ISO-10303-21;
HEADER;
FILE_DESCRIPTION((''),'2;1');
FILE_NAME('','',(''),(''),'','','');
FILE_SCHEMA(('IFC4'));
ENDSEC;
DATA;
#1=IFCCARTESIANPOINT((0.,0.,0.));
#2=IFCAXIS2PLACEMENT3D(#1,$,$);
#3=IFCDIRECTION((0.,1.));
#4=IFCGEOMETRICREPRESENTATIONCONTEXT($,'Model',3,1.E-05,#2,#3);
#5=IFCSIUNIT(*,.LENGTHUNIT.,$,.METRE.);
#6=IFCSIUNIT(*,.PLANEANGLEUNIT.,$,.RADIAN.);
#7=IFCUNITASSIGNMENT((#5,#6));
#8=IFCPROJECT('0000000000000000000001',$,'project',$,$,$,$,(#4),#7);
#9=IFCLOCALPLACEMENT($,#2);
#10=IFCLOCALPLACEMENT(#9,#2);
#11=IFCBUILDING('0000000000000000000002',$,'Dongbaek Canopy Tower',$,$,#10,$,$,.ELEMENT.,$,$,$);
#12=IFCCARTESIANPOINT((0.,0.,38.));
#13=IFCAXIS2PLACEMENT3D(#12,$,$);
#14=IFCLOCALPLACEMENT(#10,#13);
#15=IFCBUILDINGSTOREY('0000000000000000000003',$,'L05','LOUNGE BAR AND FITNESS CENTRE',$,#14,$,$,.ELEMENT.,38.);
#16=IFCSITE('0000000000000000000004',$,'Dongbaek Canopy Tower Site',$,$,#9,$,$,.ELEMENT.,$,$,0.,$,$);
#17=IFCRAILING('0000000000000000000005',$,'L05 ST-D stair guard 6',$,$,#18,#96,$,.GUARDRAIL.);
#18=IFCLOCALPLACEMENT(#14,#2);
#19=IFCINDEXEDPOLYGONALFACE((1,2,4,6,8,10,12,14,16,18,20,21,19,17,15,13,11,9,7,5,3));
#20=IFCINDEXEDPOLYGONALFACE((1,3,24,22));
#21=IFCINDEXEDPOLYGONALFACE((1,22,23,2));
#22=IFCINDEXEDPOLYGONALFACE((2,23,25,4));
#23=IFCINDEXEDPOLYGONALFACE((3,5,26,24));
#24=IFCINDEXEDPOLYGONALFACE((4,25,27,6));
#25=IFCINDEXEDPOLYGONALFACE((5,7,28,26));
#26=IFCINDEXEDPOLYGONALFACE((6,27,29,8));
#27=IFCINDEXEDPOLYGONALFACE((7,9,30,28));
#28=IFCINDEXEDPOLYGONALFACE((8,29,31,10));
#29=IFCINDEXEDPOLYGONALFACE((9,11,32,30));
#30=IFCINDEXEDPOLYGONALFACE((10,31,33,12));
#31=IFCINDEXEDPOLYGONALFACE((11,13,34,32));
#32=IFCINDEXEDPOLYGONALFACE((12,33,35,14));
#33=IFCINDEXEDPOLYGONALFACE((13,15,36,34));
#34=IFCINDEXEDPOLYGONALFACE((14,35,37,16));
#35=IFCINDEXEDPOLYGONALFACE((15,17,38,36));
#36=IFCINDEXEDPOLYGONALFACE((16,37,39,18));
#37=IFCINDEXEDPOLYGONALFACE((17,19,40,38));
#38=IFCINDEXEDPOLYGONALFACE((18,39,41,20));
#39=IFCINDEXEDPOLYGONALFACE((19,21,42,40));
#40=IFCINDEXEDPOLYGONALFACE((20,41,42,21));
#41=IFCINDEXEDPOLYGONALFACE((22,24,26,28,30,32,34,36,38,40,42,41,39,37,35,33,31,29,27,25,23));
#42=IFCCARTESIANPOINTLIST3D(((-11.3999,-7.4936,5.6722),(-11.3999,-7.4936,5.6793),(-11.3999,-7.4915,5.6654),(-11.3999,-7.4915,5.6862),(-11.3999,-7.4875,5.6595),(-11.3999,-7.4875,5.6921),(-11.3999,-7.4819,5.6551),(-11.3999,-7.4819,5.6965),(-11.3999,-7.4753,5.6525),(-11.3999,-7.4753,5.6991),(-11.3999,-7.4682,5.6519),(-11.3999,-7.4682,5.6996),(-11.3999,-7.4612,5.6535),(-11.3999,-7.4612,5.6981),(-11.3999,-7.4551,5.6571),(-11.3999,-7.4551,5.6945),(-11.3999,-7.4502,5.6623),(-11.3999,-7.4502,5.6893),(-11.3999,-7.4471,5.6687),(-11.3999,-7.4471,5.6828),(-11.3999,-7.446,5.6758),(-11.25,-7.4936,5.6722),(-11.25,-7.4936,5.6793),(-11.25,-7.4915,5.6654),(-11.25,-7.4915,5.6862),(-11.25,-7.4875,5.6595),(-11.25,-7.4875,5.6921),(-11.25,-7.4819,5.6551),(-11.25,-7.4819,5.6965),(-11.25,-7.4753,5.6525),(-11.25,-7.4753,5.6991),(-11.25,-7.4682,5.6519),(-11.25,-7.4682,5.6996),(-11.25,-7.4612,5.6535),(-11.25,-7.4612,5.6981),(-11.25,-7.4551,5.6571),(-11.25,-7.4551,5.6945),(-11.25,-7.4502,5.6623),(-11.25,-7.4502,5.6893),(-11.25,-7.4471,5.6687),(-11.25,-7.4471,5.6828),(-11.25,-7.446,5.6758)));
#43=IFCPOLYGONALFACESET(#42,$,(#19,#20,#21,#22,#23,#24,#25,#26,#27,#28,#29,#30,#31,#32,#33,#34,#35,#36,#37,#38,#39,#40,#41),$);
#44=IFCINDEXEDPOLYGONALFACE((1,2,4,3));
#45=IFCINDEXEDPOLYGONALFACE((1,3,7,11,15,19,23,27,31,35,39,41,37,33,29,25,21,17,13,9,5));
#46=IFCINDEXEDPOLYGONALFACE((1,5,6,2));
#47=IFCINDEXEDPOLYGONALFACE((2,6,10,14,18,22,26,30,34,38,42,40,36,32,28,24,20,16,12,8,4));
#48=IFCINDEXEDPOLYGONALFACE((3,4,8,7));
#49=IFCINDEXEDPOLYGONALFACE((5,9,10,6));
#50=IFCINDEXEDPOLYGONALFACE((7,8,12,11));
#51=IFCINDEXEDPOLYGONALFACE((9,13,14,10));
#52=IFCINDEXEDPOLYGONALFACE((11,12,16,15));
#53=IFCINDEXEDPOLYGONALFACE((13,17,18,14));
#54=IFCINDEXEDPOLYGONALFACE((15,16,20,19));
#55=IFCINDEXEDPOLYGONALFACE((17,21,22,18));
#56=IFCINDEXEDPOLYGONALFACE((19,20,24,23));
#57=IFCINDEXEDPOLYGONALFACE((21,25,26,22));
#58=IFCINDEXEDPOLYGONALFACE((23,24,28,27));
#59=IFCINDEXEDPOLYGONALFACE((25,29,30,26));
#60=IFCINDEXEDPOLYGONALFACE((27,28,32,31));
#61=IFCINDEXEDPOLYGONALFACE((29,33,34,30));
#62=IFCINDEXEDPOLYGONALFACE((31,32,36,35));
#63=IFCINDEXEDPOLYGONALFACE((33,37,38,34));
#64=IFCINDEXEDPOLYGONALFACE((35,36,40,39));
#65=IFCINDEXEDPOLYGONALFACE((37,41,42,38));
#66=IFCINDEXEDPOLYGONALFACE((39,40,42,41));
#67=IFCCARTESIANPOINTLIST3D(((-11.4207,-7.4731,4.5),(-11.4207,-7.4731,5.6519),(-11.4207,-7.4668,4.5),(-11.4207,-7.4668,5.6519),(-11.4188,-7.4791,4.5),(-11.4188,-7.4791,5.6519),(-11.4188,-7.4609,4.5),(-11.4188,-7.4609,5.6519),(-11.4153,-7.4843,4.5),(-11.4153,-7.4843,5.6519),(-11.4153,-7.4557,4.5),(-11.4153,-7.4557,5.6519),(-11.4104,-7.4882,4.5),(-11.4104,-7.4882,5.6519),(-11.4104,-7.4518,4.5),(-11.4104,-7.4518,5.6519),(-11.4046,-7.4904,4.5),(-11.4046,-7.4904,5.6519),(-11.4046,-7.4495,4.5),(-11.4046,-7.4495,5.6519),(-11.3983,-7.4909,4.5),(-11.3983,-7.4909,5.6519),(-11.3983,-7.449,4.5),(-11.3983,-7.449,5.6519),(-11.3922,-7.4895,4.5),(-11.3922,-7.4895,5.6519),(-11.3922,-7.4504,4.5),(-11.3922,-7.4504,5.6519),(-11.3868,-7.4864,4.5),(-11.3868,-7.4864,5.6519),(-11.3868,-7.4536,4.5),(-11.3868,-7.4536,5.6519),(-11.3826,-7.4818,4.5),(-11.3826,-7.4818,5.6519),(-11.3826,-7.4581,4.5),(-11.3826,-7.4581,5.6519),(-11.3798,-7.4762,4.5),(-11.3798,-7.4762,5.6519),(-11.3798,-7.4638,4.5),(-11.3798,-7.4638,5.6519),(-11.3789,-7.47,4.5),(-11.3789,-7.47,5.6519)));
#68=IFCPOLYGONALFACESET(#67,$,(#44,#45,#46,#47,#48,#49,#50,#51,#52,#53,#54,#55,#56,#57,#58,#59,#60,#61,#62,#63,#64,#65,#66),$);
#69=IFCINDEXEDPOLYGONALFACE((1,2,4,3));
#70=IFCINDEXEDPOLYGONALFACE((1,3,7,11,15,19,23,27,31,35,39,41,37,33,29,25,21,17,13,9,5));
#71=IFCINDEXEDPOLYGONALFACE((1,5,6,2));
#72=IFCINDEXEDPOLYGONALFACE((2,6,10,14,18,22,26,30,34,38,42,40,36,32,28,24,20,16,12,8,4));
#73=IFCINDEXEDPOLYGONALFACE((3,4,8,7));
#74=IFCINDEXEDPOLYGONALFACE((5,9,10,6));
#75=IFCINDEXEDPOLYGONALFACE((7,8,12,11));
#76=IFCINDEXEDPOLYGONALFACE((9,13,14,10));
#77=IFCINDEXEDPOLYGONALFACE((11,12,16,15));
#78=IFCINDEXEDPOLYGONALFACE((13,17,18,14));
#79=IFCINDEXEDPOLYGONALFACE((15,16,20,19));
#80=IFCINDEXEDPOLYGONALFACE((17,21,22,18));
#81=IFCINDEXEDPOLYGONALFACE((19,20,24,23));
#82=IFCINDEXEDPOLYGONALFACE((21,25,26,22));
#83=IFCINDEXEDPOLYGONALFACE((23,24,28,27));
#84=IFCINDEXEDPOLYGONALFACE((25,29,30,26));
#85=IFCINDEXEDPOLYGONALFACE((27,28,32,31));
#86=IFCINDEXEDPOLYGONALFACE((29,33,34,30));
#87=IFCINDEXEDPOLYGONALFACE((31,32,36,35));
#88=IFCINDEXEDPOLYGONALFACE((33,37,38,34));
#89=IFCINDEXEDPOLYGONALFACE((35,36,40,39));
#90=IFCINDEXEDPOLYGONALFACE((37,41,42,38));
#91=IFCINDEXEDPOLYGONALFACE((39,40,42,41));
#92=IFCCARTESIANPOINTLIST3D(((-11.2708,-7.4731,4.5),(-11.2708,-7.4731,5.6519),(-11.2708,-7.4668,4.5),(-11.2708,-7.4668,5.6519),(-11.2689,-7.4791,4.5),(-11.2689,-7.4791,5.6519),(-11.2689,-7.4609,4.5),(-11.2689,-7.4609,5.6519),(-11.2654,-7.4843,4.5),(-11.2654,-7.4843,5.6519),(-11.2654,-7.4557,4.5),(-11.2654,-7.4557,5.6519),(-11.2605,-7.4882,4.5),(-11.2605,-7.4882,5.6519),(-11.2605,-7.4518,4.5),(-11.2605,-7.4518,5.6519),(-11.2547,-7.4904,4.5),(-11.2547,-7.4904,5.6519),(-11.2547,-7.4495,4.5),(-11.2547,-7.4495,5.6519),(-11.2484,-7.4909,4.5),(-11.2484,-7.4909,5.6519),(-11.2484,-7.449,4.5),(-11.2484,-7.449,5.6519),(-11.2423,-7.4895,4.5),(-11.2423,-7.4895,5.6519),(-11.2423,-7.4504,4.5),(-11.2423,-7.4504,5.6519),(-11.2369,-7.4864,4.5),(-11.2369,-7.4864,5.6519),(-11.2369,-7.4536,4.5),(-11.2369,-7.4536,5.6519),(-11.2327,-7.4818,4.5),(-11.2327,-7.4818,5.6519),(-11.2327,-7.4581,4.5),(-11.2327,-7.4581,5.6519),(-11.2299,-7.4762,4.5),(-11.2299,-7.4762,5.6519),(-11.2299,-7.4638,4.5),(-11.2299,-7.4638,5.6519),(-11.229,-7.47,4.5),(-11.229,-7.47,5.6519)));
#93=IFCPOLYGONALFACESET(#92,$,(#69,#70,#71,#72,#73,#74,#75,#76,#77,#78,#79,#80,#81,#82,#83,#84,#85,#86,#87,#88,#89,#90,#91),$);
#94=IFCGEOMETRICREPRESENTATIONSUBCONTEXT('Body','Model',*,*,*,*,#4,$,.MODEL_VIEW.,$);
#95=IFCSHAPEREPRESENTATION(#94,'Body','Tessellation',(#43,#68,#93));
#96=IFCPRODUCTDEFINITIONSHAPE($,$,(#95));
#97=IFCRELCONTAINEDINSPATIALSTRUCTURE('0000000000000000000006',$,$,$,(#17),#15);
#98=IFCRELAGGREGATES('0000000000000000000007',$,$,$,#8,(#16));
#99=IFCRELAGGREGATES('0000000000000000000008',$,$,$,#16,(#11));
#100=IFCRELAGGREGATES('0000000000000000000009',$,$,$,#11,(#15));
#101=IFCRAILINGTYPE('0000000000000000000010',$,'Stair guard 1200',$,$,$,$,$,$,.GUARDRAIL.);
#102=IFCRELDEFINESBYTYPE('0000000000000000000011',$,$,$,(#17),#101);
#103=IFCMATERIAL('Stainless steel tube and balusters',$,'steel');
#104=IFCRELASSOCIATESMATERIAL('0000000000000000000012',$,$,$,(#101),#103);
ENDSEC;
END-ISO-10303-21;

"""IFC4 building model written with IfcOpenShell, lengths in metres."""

from ifc_helpers import new_model, si_unit, direction, frame, origin, origin_2d, place, context, subcontext, project, spatial, circle, extrude, material, type_object, element, save


model = new_model("IFC4")

# Units and contexts
model_context = context("Model", 3, precision=1e-05, world=origin(), true_north=direction((0.0, 1.0)))
body_context = subcontext(model_context, "Body", "Model", "MODEL_VIEW")
ifc_project = project(units=[si_unit("LENGTHUNIT", "METRE"), si_unit("PLANEANGLEUNIT", "RADIAN")], contexts=[model_context])

# Site, building, storey
site_placement = place(None, origin())
site = spatial("IfcSite", under=ifc_project, at=site_placement, Name="Dongbaek Canopy Tower Site", CompositionType="ELEMENT", RefElevation=0.0)
building_placement = place(site_placement, origin())
building = spatial("IfcBuilding", under=site, at=building_placement, Name="Dongbaek Canopy Tower", CompositionType="ELEMENT")
storey_placement = place(building_placement, frame((0.0, 0.0, 38.0)))
storey = spatial("IfcBuildingStorey", under=building, at=storey_placement, Name="L05", Description="LOUNGE BAR AND FITNESS CENTRE", CompositionType="ELEMENT", Elevation=38.0)

# Railing
ifc_material_1 = material(Name="Stainless steel tube and balusters", Category="steel")
railing_type_1 = type_object("IfcRailingType", Name="Stair guard 1200", PredefinedType="GUARDRAIL", material=ifc_material_1)
railing_1_placement = place(storey_placement, frame((-11.3999, -7.47, 4.5)))
element("IfcRailing", 1, at=railing_1_placement, inside=storey, type_object=railing_type_1, Name="L05 ST-D stair guard 6", PredefinedType="GUARDRAIL", context=body_context, shape_type="SweptSolid", body=[
    extrude(circle(Radius=0.0239, at=origin_2d()), frame((0.0, 0.0, 1.1758), z_axis=(1.0, 0.0, 0.0), x_axis=(0.0, 1.0, 0.0)), (0.0, 0.0, 1.0), 0.1499),
    extrude(circle(Radius=0.021, at=origin_2d()), origin(), (0.0, 0.0, 1.0), 1.1519),
    extrude(circle(Radius=0.021, at=origin_2d()), frame((0.1499, 0.0, 0.0)), (0.0, 0.0, 1.0), 1.1519),
])

save(model, "model.ifc")
